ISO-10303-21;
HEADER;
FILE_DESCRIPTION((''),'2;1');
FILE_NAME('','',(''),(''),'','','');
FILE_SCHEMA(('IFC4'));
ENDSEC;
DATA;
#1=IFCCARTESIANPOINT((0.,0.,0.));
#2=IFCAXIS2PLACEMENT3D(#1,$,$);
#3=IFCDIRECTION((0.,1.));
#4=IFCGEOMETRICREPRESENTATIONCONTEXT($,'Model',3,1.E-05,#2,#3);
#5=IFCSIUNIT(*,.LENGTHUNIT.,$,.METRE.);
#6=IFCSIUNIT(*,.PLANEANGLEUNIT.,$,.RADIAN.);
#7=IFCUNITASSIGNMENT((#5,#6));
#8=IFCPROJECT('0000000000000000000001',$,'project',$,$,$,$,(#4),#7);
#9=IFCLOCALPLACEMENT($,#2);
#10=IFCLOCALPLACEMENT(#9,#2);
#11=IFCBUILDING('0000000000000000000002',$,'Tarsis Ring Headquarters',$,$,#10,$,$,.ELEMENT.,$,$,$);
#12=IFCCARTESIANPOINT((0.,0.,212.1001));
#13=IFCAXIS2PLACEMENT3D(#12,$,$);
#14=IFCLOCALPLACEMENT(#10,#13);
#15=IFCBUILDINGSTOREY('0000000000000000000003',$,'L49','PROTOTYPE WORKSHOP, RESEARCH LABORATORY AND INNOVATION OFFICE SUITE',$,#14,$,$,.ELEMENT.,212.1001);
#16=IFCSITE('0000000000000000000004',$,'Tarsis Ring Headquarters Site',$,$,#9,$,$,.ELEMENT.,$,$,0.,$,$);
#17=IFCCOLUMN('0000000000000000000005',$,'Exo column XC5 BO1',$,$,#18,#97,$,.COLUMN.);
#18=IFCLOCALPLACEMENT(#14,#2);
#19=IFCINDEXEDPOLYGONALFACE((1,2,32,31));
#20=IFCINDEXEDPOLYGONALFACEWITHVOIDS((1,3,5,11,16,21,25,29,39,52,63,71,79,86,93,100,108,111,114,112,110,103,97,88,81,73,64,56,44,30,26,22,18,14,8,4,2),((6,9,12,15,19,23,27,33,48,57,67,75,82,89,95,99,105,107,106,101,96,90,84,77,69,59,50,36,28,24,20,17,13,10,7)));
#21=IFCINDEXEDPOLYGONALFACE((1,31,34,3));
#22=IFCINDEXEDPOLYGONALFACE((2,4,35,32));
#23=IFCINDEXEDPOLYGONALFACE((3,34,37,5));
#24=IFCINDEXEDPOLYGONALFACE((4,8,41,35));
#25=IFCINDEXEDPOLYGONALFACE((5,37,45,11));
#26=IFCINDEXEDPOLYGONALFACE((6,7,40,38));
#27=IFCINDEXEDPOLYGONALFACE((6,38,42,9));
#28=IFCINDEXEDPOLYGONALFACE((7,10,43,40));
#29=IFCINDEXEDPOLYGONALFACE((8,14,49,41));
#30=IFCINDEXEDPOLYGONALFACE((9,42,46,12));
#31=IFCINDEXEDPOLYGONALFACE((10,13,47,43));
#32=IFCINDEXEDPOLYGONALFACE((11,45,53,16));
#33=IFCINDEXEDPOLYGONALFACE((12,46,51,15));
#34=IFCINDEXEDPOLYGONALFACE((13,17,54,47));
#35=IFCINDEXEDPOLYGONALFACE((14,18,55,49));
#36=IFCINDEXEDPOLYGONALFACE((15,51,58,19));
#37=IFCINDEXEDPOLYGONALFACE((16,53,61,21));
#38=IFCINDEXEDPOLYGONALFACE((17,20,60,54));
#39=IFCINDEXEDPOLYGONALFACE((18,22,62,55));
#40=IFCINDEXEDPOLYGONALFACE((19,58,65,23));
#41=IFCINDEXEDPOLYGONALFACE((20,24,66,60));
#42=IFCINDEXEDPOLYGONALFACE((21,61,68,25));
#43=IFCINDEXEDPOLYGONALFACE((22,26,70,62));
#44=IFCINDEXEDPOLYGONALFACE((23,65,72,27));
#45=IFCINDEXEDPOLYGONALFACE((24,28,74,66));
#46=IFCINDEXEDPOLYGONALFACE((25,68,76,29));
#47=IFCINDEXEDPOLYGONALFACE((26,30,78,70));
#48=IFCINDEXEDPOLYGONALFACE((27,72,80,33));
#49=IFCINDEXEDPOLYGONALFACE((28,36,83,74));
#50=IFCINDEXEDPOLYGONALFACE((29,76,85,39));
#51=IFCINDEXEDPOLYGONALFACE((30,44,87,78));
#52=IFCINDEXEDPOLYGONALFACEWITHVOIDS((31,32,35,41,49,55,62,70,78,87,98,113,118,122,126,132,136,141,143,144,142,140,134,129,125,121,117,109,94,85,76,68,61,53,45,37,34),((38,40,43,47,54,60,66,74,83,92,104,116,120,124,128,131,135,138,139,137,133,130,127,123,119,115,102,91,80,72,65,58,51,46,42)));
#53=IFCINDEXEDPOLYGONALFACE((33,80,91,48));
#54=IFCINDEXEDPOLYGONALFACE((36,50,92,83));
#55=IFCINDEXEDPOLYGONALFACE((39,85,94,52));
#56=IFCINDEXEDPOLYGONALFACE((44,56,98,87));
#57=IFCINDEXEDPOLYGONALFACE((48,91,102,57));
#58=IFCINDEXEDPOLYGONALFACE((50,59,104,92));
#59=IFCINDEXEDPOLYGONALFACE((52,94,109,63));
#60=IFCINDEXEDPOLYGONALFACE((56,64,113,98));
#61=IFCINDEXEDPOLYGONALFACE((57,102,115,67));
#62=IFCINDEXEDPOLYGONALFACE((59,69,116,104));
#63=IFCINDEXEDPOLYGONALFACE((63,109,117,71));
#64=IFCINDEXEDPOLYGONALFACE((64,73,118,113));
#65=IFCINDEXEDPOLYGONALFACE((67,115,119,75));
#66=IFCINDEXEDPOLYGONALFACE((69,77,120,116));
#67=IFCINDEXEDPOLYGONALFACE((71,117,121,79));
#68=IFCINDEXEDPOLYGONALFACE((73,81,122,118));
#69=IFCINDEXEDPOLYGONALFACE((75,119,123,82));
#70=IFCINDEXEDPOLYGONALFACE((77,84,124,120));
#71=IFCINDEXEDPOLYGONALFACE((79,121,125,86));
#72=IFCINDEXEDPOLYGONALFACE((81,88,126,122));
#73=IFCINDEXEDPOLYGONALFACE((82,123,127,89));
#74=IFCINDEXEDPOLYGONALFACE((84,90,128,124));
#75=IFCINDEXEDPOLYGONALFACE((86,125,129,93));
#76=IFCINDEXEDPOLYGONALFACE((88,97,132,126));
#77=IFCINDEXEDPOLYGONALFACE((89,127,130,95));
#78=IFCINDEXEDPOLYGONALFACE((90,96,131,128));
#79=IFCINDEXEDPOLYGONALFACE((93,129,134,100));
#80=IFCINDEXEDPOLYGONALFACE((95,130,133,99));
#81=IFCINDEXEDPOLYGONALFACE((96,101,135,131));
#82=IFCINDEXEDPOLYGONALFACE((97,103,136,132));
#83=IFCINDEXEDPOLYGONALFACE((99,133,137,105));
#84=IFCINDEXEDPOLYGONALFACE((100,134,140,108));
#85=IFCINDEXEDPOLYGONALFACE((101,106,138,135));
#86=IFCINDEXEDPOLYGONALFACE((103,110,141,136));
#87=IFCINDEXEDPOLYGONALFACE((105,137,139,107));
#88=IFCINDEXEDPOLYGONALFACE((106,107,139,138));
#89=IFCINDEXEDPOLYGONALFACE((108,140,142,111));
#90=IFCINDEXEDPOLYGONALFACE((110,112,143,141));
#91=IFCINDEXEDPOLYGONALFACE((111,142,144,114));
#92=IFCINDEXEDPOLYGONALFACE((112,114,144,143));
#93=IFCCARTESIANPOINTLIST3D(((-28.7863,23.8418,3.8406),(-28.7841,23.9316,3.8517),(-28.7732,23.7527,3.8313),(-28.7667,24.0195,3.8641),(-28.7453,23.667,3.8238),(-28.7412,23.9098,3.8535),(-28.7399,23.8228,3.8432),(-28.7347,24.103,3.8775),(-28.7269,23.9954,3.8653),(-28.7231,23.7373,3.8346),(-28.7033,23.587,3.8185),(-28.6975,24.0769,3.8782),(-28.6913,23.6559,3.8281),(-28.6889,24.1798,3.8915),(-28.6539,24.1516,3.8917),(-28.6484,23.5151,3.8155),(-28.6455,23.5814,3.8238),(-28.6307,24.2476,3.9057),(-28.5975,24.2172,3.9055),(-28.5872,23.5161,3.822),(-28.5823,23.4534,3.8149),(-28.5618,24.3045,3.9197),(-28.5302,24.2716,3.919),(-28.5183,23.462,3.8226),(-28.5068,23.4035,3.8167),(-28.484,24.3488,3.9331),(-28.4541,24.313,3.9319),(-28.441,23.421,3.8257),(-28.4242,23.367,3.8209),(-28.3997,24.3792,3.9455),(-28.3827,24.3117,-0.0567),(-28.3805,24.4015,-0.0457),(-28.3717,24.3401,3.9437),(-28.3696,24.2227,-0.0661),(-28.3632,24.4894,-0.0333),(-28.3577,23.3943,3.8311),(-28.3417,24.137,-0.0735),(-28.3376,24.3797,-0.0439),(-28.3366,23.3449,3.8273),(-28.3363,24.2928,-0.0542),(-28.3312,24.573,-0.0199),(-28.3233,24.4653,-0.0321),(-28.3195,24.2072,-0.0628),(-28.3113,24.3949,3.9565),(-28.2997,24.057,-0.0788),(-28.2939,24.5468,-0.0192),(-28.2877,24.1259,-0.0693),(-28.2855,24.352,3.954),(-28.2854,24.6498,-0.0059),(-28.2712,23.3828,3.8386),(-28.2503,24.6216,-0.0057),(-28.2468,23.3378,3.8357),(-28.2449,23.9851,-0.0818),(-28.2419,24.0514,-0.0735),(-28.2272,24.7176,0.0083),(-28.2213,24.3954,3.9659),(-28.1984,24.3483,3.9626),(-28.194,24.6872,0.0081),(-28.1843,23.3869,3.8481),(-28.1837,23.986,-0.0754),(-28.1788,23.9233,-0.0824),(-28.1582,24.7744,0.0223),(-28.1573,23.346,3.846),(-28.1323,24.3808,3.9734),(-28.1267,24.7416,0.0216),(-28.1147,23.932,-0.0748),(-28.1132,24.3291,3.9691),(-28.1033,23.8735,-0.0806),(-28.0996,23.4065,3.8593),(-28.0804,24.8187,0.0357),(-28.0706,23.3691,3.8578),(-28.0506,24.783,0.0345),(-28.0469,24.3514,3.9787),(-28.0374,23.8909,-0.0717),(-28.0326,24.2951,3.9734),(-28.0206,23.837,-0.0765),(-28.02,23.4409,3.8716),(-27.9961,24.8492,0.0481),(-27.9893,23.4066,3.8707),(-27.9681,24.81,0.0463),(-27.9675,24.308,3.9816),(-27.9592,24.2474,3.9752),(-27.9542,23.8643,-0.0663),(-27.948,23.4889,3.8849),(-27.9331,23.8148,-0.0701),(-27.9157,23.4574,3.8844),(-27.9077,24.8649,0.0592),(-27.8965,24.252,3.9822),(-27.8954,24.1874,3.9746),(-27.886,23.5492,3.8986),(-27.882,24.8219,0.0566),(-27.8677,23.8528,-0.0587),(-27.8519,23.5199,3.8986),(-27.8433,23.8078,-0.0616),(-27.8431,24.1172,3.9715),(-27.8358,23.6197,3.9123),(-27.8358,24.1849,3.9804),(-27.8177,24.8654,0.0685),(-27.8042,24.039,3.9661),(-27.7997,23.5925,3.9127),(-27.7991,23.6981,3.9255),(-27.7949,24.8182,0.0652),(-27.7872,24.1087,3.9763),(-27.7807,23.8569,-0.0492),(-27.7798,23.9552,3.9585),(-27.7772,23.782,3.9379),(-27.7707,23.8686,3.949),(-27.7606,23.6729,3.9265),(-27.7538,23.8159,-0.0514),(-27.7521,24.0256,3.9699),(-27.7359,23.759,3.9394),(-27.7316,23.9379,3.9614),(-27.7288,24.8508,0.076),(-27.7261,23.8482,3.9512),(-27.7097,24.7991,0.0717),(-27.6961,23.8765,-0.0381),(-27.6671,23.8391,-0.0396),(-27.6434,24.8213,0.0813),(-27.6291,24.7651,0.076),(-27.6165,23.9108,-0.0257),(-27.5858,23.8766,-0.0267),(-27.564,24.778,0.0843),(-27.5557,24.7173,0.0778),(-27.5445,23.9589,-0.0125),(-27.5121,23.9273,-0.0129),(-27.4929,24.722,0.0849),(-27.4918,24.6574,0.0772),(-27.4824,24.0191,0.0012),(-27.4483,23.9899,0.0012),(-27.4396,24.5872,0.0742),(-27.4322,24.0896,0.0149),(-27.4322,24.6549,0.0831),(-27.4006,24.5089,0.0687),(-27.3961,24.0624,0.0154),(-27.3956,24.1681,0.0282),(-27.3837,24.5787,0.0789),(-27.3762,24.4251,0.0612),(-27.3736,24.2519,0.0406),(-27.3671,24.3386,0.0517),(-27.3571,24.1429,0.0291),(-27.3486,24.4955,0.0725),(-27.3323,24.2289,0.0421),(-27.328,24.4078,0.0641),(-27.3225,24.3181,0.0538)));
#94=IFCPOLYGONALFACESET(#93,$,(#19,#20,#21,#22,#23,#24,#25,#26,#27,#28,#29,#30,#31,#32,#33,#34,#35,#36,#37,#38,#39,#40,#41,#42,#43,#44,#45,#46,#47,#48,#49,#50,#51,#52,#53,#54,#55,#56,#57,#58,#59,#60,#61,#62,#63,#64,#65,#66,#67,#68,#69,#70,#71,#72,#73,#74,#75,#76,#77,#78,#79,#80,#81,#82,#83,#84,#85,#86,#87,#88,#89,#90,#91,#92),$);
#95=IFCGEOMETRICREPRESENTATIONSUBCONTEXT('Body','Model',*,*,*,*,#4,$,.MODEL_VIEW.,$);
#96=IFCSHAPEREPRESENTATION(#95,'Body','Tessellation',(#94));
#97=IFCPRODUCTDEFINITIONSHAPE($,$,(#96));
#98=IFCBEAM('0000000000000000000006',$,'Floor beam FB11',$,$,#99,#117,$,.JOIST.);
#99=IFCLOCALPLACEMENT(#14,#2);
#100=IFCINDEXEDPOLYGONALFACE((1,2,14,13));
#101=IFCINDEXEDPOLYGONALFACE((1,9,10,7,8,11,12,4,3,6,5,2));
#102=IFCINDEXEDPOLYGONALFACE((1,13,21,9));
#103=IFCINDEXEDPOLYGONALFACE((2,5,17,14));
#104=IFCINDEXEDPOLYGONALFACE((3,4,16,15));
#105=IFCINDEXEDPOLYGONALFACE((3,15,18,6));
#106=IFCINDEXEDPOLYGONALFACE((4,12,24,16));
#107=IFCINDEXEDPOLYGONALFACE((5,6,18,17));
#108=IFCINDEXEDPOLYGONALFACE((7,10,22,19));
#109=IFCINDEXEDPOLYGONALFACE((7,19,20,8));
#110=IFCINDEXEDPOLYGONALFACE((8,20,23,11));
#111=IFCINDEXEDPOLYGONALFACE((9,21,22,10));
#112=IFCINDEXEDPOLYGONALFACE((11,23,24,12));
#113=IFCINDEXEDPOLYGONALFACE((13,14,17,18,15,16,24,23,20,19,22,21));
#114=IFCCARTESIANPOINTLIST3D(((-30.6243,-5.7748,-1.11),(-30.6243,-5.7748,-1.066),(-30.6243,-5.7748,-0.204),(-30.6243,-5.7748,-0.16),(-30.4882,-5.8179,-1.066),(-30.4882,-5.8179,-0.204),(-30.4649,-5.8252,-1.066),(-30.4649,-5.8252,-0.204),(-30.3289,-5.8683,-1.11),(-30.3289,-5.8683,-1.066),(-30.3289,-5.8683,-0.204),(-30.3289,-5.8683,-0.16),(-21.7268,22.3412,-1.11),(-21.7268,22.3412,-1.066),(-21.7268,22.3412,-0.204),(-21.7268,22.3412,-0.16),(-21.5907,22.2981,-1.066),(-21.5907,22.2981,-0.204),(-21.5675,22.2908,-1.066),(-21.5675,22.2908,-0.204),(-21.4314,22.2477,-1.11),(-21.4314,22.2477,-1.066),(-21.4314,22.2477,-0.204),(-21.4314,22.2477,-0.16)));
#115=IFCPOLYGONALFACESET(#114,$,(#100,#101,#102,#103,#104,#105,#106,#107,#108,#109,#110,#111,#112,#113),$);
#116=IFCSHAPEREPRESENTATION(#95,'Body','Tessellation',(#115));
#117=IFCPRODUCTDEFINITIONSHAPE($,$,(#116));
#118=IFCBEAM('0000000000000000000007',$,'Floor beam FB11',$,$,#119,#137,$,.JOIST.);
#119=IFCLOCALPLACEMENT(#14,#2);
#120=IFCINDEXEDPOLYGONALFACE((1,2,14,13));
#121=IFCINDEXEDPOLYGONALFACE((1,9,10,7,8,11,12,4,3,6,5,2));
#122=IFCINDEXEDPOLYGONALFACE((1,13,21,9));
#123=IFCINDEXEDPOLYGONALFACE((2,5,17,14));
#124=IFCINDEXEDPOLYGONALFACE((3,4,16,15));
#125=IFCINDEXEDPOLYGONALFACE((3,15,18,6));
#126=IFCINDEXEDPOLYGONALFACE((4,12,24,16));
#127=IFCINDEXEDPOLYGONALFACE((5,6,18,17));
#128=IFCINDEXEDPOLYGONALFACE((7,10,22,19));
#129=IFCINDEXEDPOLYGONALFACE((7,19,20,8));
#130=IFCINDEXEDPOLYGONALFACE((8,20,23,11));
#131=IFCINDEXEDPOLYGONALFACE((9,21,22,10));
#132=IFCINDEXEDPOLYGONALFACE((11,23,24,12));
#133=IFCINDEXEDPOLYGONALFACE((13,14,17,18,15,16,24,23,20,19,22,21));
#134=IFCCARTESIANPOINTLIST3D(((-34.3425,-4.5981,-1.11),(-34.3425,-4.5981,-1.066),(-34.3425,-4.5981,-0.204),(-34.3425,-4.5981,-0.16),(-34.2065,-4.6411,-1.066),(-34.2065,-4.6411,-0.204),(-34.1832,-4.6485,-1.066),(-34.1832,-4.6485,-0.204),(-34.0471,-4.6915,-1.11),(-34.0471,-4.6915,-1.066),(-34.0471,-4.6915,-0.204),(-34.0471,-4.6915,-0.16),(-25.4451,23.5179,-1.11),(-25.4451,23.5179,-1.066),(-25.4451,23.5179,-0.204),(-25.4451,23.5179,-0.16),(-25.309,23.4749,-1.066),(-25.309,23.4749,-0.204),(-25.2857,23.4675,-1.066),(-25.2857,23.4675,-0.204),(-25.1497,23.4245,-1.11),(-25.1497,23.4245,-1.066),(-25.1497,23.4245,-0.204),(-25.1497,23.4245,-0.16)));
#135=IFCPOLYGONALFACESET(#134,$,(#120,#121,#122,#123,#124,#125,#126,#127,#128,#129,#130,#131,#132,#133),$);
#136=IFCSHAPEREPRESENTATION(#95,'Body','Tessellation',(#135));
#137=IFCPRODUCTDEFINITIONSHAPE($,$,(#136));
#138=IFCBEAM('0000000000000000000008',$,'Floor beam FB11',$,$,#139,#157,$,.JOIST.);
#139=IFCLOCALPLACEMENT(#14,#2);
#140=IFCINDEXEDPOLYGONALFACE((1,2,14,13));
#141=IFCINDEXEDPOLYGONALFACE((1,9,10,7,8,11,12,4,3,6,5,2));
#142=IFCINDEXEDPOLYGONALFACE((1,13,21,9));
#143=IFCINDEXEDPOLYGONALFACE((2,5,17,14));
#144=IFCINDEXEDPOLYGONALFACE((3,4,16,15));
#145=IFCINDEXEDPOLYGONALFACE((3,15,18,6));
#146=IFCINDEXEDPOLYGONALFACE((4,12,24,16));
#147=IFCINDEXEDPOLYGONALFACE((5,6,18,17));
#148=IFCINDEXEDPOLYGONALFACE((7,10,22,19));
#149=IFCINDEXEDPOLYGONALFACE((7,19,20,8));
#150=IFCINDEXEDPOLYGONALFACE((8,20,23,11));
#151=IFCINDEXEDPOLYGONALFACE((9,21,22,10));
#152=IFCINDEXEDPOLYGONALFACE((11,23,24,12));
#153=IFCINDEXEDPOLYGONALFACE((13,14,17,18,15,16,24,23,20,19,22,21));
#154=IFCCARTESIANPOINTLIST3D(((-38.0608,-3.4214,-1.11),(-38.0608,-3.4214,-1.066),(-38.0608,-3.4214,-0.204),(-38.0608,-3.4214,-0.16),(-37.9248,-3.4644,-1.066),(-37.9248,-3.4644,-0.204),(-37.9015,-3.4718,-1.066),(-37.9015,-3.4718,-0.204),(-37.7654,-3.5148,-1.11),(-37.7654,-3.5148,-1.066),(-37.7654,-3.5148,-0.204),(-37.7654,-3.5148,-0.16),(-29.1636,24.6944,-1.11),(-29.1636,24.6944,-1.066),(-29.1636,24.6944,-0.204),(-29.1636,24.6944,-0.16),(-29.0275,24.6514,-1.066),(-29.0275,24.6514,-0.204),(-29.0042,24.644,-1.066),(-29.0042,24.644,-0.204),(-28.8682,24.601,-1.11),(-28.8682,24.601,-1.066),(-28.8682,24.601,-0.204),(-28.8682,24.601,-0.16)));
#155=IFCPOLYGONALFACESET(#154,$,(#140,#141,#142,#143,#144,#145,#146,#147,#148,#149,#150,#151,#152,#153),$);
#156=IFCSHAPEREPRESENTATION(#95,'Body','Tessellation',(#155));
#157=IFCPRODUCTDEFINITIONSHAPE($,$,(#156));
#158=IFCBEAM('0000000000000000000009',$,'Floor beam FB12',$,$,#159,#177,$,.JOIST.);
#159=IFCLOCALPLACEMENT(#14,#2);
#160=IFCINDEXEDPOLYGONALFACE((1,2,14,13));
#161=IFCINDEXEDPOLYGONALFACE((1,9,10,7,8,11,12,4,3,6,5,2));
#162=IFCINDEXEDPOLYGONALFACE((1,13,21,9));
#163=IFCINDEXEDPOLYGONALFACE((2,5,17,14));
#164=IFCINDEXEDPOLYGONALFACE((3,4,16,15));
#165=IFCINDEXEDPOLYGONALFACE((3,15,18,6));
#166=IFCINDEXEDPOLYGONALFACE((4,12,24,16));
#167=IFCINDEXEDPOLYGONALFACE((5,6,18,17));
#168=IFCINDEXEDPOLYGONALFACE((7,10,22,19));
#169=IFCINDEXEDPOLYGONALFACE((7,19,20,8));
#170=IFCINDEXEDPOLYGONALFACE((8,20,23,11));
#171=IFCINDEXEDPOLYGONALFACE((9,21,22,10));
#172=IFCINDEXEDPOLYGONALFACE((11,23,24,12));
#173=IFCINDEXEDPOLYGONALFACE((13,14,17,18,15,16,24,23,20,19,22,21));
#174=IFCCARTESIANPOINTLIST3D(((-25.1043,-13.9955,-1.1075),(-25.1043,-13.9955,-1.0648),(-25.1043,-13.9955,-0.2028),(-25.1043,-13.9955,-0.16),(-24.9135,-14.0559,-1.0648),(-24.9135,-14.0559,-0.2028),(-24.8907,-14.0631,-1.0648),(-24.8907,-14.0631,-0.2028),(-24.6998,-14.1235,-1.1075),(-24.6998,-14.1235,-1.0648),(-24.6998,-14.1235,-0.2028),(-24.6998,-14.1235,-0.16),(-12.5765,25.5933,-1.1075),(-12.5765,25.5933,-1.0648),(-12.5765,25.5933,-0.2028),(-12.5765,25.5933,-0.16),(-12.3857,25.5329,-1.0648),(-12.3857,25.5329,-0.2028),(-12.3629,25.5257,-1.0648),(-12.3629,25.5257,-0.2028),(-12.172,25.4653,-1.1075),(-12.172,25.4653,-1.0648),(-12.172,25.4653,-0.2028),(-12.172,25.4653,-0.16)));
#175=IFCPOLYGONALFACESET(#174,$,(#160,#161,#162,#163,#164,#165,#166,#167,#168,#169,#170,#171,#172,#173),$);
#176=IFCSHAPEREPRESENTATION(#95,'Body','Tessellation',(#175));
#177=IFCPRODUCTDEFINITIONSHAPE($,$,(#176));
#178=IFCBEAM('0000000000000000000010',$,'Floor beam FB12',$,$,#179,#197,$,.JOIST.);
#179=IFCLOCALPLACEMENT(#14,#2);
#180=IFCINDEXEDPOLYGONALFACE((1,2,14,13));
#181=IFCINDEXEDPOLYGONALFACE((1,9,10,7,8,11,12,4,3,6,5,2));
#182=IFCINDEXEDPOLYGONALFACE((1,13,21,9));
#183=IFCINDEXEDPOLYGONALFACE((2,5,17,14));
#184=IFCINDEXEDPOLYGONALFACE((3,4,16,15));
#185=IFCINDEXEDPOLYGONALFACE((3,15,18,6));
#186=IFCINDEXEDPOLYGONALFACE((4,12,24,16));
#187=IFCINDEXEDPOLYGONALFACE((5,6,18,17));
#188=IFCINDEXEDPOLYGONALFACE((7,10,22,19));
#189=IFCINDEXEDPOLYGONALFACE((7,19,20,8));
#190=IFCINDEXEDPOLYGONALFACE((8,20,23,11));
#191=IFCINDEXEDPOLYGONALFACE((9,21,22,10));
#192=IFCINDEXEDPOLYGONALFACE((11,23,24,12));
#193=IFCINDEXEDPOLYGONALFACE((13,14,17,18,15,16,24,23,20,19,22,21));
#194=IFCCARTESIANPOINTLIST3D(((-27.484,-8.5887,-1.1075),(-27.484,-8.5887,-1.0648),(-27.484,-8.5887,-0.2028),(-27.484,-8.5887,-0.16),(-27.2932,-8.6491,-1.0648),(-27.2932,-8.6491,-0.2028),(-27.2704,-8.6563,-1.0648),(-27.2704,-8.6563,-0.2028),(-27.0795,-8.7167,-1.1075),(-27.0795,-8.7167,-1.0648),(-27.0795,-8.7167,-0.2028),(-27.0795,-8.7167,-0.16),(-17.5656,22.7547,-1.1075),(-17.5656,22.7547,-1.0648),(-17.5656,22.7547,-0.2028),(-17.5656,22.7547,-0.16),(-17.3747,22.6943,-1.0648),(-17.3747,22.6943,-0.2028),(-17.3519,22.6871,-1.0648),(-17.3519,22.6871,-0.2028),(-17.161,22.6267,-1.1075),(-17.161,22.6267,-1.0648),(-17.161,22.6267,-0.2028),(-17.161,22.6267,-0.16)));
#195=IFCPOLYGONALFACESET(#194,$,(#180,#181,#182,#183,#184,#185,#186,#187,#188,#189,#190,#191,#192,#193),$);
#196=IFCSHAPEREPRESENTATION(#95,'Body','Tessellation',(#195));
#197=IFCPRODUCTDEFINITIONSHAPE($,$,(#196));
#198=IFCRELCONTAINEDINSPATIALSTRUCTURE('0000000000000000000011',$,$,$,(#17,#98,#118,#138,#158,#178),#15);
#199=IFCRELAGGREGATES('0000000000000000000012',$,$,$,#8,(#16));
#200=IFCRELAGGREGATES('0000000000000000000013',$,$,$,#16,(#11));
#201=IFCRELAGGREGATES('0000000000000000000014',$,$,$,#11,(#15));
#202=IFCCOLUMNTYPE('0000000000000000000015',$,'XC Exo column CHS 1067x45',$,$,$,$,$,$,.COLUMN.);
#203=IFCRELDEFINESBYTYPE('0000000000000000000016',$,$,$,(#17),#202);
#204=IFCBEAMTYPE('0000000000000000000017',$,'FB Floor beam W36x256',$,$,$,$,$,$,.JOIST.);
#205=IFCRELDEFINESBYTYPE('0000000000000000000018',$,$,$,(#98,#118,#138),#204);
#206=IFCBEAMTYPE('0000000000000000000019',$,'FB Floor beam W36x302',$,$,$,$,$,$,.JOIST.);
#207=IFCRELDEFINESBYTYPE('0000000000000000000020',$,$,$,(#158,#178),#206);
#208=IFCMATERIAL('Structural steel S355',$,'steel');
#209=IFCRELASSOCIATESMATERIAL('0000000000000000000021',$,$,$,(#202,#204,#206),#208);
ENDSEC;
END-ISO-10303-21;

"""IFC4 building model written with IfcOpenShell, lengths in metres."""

from ifc_helpers import new_model, si_unit, direction, frame, origin, origin_2d, place, context, subcontext, project, spatial, hollow_circle, i_section, extrude, material, material_profile, profile_set, type_object, element, save


model = new_model("IFC4")

# Units and contexts
model_context = context("Model", 3, precision=1e-05, world=origin(), true_north=direction((0.0, 1.0)))
body_context = subcontext(model_context, "Body", "Model", "MODEL_VIEW")
ifc_project = project(units=[si_unit("LENGTHUNIT", "METRE"), si_unit("PLANEANGLEUNIT", "RADIAN")], contexts=[model_context])

# Site, building, storey
site_placement = place(None, origin())
site = spatial("IfcSite", under=ifc_project, at=site_placement, Name="Tarsis Ring Headquarters Site", CompositionType="ELEMENT", RefElevation=0.0)
building_placement = place(site_placement, origin())
building = spatial("IfcBuilding", under=site, at=building_placement, Name="Tarsis Ring Headquarters", CompositionType="ELEMENT")
storey_placement = place(building_placement, frame((0.0, 0.0, 212.1001)))
storey = spatial("IfcBuildingStorey", under=building, at=storey_placement, Name="L49", Description="PROTOTYPE WORKSHOP, RESEARCH LABORATORY AND INNOVATION OFFICE SUITE", CompositionType="ELEMENT", Elevation=212.1001)

# Column
ifc_material_1 = material(Name="Structural steel S355", Category="steel")
ifc_material_profile_1 = material_profile(ifc_material_1, hollow_circle(Radius=0.5334, WallThickness=0.0449, at=origin_2d()), Name="CHS 1067x45")
ifc_profile_set_1 = profile_set([ifc_material_profile_1], Name="Structural steel S355")
column_type = type_object("IfcColumnType", Name="XC Exo column CHS 1067x45", PredefinedType="COLUMN", material=ifc_profile_set_1)
column_placement = place(storey_placement, frame((-27.853, 24.3374, 0.0012), z_axis=(-0.102262, -0.119089, 0.987603), x_axis=(0.758672, -0.651473, 0.0)))
element("IfcColumn", 1, at=column_placement, inside=storey, type_object=column_type, Name="Exo column XC5 BO1", PredefinedType="COLUMN", context=body_context, shape_type="SweptSolid", body=[
    extrude(hollow_circle(Radius=0.5334, WallThickness=0.0449, at=origin_2d()), origin(), (0.0, 0.0, 1.0), 3.9463),
])

# Beams
ifc_material_profile_2 = material_profile(ifc_material_1, i_section(OverallWidth=0.3098, OverallDepth=0.95, WebThickness=0.0244, FlangeThickness=0.0439, at=origin_2d()), Name="W36x256")
ifc_profile_set_2 = profile_set([ifc_material_profile_2], Name="Structural steel S355")
beam_type_1 = type_object("IfcBeamType", Name="FB Floor beam W36x256", PredefinedType="JOIST", material=ifc_profile_set_2)
for number, where, z_axis, x_axis, name in (
    (2, (-21.5791, 22.2944, -0.635), (-0.301709, -0.9534, 0.0), (0.9534, -0.301709, 0.0), "Floor beam FB11"),
    (3, (-25.2974, 23.4712, -0.635), (-0.301709, -0.9534, 0.0), (0.9534, -0.301709, 0.0), "Floor beam FB11"),
):
    element("IfcBeam", number, at=place(storey_placement, frame(where, z_axis=z_axis, x_axis=x_axis)), inside=storey, type_object=beam_type_1, Name=name, PredefinedType="JOIST", context=body_context, shape_type="SweptSolid", body=[
        extrude(i_section(OverallWidth=0.3098, OverallDepth=0.95, WebThickness=0.0244, FlangeThickness=0.0439, at=origin_2d()), origin(), (0.0, 0.0, 1.0), 29.4902),
    ])
beam_1_placement = place(storey_placement, frame((-29.0159, 24.6477, -0.635), z_axis=(-0.301704, -0.953402, 0.0), x_axis=(0.953402, -0.301704, 0.0)))
element("IfcBeam", 4, at=beam_1_placement, inside=storey, type_object=beam_type_1, Name="Floor beam FB11", PredefinedType="JOIST", context=body_context, shape_type="SweptSolid", body=[
    extrude(i_section(OverallWidth=0.3098, OverallDepth=0.95, WebThickness=0.0244, FlangeThickness=0.0439, at=origin_2d()), origin(), (0.0, 0.0, 1.0), 29.49),
])
ifc_material_profile_3 = material_profile(ifc_material_1, i_section(OverallWidth=0.4243, OverallDepth=0.9475, WebThickness=0.0239, FlangeThickness=0.0427, at=origin_2d()), Name="W36x302")
ifc_profile_set_3 = profile_set([ifc_material_profile_3], Name="Structural steel S355")
beam_type_2 = type_object("IfcBeamType", Name="FB Floor beam W36x302", PredefinedType="JOIST", material=ifc_profile_set_3)
beam_2_placement = place(storey_placement, frame((-12.3743, 25.5293, -0.6338), z_axis=(-0.301703, -0.953402, 0.0), x_axis=(0.953402, -0.301703, 0.0)))
element("IfcBeam", 5, at=beam_2_placement, inside=storey, type_object=beam_type_2, Name="Floor beam FB12", PredefinedType="JOIST", context=body_context, shape_type="SweptSolid", body=[
    extrude(i_section(OverallWidth=0.4243, OverallDepth=0.9475, WebThickness=0.0239, FlangeThickness=0.0427, at=origin_2d()), origin(), (0.0, 0.0, 1.0), 41.5237),
])
beam_3_placement = place(storey_placement, frame((-17.3633, 22.6907, -0.6338), z_axis=(-0.301701, -0.953403, 0.0), x_axis=(0.953403, -0.301701, 0.0)))
element("IfcBeam", 6, at=beam_3_placement, inside=storey, type_object=beam_type_2, Name="Floor beam FB12", PredefinedType="JOIST", context=body_context, shape_type="SweptSolid", body=[
    extrude(i_section(OverallWidth=0.4243, OverallDepth=0.9475, WebThickness=0.0239, FlangeThickness=0.0427, at=origin_2d()), origin(), (0.0, 0.0, 1.0), 32.8752),
])

save(model, "model.ifc")
